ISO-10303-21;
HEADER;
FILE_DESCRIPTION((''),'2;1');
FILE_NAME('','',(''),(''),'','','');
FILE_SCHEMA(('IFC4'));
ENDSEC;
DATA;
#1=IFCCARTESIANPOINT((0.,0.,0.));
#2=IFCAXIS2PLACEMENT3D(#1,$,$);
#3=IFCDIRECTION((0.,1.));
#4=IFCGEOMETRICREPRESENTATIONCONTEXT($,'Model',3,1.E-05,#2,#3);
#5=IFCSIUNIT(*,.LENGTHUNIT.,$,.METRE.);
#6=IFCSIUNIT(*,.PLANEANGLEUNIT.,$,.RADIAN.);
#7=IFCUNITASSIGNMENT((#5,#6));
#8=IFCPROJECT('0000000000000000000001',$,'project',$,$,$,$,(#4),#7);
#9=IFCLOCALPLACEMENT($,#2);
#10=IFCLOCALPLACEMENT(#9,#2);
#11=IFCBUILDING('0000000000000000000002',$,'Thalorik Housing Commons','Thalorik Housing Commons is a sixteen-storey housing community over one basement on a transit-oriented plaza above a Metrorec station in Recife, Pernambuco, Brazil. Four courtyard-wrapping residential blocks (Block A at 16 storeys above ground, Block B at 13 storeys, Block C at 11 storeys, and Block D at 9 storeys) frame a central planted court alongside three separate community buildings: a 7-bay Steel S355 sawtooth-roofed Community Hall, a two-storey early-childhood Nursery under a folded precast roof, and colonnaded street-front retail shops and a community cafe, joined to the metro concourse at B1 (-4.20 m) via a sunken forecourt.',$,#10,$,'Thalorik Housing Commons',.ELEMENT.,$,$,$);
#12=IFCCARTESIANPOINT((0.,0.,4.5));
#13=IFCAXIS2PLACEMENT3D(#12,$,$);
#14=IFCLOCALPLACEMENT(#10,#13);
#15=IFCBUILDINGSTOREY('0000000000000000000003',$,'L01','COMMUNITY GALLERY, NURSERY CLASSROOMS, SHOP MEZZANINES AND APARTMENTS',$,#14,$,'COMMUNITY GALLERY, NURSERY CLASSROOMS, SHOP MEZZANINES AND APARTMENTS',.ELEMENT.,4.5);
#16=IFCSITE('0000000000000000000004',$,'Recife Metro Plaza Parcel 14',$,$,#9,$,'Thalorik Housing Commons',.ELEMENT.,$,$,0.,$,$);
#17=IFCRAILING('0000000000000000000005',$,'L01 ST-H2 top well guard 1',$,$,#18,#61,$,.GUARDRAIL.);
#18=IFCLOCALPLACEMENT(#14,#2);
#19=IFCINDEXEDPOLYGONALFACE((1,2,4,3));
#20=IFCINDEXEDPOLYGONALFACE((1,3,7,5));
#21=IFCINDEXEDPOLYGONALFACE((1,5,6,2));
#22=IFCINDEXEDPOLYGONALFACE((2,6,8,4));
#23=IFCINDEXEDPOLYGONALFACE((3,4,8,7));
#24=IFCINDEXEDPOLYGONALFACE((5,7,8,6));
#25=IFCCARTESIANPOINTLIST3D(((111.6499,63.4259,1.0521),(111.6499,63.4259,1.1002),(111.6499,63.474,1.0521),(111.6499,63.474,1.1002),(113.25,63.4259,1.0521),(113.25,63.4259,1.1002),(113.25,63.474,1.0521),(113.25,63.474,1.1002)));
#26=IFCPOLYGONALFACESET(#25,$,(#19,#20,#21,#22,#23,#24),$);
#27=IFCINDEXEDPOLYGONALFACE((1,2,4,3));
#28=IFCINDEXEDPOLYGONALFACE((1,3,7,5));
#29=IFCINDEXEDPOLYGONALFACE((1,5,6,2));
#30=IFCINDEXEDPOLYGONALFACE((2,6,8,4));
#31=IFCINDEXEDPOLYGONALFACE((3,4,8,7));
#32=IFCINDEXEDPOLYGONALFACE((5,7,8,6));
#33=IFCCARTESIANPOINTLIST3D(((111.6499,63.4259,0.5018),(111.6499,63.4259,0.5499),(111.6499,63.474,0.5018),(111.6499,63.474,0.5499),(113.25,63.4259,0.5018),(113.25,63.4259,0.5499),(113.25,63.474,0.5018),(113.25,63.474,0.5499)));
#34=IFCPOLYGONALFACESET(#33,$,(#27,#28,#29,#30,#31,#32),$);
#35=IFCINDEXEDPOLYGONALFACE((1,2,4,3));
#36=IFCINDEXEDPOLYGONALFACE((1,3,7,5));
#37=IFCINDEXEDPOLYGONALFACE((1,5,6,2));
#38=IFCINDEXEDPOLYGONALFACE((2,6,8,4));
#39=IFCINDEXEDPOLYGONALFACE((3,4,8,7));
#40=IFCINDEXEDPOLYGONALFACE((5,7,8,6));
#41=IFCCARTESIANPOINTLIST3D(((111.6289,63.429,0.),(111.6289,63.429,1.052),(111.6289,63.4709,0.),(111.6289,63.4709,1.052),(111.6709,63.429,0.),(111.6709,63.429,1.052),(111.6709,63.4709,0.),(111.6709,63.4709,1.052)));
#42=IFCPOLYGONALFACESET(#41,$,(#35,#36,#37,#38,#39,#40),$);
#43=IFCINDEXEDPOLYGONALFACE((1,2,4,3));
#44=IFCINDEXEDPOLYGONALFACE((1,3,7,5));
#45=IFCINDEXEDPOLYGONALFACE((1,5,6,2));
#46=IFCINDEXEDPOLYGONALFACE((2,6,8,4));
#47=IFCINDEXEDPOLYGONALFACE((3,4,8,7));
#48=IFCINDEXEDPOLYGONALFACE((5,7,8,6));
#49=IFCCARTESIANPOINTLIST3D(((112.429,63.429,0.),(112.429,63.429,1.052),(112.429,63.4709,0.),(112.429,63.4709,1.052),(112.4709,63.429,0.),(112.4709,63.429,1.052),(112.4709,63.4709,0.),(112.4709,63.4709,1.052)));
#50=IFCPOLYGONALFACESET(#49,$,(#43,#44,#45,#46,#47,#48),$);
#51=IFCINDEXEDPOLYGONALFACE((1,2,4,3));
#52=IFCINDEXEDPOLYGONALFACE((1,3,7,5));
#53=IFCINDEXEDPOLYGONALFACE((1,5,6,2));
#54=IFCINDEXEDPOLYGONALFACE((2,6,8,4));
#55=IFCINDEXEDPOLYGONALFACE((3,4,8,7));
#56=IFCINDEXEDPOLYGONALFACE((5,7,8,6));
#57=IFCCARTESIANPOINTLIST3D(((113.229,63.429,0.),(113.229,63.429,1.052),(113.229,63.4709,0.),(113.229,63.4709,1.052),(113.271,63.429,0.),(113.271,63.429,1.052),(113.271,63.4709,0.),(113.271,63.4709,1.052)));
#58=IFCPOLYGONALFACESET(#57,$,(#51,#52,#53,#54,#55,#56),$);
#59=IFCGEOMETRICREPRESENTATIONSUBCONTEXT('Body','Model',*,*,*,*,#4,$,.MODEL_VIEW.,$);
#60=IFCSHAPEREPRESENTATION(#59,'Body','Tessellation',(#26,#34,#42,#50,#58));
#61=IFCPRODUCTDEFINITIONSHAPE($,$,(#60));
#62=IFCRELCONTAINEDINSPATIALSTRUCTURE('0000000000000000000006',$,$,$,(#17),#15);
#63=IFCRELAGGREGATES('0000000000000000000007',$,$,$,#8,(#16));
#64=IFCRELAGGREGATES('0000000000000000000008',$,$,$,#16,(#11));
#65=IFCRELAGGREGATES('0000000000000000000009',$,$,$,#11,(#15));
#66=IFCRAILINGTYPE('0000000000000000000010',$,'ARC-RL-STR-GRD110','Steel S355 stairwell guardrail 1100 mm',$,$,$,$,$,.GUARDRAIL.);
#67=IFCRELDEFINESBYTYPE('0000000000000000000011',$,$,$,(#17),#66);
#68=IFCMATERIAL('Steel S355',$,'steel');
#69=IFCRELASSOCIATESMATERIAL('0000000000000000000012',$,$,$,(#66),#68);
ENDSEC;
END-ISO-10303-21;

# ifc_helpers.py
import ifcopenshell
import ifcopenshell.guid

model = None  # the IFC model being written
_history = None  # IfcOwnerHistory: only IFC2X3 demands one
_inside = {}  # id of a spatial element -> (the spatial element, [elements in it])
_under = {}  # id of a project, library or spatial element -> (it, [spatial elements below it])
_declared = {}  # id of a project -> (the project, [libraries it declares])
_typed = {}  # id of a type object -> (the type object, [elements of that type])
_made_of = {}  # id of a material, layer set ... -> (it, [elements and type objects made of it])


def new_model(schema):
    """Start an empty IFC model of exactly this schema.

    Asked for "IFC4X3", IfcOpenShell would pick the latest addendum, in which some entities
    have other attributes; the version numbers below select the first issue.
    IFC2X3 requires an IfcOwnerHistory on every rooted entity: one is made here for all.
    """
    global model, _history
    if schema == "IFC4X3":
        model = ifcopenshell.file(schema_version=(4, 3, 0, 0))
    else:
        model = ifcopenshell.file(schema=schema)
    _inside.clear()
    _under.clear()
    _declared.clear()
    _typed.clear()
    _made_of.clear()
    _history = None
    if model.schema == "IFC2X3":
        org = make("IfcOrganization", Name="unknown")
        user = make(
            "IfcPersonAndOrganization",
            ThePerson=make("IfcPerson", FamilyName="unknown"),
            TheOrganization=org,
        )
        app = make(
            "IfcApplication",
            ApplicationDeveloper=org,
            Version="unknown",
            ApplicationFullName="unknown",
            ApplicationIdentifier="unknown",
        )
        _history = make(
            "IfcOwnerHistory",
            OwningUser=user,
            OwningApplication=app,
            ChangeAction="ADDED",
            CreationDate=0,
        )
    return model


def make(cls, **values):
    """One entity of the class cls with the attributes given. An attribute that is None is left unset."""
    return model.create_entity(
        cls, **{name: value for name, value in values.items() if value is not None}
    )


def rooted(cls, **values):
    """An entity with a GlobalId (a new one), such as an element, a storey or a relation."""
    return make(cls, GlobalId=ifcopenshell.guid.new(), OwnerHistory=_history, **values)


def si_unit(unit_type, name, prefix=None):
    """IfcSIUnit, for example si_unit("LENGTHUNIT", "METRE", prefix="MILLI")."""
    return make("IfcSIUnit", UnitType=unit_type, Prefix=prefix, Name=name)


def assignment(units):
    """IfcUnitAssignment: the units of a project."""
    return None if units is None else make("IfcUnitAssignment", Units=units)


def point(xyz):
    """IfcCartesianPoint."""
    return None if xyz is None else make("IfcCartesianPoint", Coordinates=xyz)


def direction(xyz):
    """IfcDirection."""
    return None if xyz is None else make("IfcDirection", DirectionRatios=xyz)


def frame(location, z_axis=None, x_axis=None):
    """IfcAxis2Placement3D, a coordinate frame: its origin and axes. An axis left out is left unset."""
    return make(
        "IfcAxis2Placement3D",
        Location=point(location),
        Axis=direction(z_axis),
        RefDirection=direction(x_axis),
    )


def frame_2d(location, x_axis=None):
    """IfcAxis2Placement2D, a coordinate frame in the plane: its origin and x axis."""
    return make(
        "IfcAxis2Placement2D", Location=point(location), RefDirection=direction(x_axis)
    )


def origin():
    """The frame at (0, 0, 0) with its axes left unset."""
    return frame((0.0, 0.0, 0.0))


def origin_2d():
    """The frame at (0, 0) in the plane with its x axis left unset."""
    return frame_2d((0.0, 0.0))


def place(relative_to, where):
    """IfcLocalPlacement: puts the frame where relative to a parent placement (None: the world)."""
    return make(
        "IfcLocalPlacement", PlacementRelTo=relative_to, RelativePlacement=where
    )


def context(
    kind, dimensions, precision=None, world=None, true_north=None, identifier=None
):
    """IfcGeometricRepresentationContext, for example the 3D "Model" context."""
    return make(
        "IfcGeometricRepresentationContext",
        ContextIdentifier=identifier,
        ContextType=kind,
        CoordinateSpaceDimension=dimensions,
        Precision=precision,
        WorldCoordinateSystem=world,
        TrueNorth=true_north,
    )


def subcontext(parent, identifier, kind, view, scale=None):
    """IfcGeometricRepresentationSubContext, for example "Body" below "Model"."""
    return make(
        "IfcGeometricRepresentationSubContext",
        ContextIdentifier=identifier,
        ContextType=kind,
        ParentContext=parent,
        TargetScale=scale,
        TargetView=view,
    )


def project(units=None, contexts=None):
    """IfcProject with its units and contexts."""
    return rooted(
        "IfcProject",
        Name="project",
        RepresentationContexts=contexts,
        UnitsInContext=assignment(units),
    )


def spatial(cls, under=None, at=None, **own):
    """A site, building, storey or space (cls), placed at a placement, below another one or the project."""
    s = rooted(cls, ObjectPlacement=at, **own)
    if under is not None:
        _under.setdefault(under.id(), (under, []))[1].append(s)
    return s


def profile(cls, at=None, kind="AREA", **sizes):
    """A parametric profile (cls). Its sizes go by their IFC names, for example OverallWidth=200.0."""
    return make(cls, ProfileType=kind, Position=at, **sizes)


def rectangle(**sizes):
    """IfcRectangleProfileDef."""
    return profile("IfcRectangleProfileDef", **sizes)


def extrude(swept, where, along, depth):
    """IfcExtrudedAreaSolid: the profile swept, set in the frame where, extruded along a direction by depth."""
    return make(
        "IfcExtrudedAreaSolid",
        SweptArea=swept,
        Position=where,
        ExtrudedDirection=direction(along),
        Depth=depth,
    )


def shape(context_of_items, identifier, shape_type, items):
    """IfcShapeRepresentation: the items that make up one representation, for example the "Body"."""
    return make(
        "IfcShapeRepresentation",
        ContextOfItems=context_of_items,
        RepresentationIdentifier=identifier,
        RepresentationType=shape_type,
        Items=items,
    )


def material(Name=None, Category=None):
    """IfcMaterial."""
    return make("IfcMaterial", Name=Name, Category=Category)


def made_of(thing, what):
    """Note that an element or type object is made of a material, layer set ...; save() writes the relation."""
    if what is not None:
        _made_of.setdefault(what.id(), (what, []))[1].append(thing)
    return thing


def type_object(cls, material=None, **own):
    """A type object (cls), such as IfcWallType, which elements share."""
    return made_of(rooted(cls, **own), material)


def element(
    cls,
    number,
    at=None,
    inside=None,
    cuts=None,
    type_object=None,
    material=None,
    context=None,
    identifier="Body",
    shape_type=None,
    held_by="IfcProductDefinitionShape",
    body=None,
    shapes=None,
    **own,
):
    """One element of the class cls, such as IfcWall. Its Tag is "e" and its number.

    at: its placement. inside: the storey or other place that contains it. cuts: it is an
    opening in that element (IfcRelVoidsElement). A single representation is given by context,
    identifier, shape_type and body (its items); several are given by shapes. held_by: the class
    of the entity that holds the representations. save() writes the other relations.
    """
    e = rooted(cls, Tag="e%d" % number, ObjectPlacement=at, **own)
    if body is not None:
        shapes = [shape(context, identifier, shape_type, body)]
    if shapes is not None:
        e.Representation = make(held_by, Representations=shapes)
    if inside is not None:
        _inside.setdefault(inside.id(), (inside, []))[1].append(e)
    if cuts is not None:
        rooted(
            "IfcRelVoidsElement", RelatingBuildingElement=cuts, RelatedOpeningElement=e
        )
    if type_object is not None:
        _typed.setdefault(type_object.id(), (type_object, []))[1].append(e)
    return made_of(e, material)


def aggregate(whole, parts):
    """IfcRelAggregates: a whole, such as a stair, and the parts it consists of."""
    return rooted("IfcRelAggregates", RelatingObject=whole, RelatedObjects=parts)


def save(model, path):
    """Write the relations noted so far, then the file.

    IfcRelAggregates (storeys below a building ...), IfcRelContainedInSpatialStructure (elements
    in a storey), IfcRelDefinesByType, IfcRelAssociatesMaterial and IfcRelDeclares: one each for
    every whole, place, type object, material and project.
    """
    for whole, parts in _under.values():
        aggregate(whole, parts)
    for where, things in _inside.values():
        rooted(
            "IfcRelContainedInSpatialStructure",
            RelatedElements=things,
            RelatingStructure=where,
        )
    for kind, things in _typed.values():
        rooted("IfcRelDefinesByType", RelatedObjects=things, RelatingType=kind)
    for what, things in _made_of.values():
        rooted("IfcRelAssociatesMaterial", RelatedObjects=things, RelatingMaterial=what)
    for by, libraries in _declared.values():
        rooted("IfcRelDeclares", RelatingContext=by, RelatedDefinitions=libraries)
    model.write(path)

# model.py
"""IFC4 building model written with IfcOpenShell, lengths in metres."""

from ifc_helpers import new_model, si_unit, direction, frame, origin, origin_2d, place, context, subcontext, project, spatial, rectangle, extrude, material, type_object, element, save


model = new_model("IFC4")

# Units and contexts
model_context = context("Model", 3, precision=1e-05, world=origin(), true_north=direction((0.0, 1.0)))
body_context = subcontext(model_context, "Body", "Model", "MODEL_VIEW")
ifc_project = project(units=[si_unit("LENGTHUNIT", "METRE"), si_unit("PLANEANGLEUNIT", "RADIAN")], contexts=[model_context])

# Site, building, storey
site_placement = place(None, origin())
site = spatial("IfcSite", under=ifc_project, at=site_placement, Name="Recife Metro Plaza Parcel 14", LongName="Thalorik Housing Commons", CompositionType="ELEMENT", RefElevation=0.0)
building_placement = place(site_placement, origin())
building = spatial("IfcBuilding", under=site, at=building_placement, Name="Thalorik Housing Commons", Description="Thalorik Housing Commons is a sixteen-storey housing community over one basement on a transit-oriented plaza above a Metrorec station in Recife, Pernambuco, Brazil. Four courtyard-wrapping residential blocks (Block A at 16 storeys above ground, Block B at 13 storeys, Block C at 11 storeys, and Block D at 9 storeys) frame a central planted court alongside three separate community buildings: a 7-bay Steel S355 sawtooth-roofed Community Hall, a two-storey early-childhood Nursery under a folded precast roof, and colonnaded street-front retail shops and a community cafe, joined to the metro concourse at B1 (-4.20 m) via a sunken forecourt.", LongName="Thalorik Housing Commons", CompositionType="ELEMENT")
storey_placement = place(building_placement, frame((0.0, 0.0, 4.5)))
storey = spatial("IfcBuildingStorey", under=building, at=storey_placement, Name="L01", Description="COMMUNITY GALLERY, NURSERY CLASSROOMS, SHOP MEZZANINES AND APARTMENTS", LongName="COMMUNITY GALLERY, NURSERY CLASSROOMS, SHOP MEZZANINES AND APARTMENTS", CompositionType="ELEMENT", Elevation=4.5)

# Shared definitions
ifc_material_1 = material(Name="Steel S355", Category="steel")

# Railing
railing_type = type_object("IfcRailingType", Name="ARC-RL-STR-GRD110", Description="Steel S355 stairwell guardrail 1100 mm", PredefinedType="GUARDRAIL", material=ifc_material_1)
railing_placement = place(storey_placement, frame((111.6499, 63.45, 0.0)))
element("IfcRailing", 1, at=railing_placement, inside=storey, type_object=railing_type, Name="L01 ST-H2 top well guard 1", PredefinedType="GUARDRAIL", context=body_context, shape_type="SweptSolid", body=[
    extrude(rectangle(XDim=0.0481, YDim=0.0481, at=origin_2d()), frame((0.0, 0.0, 1.0762), z_axis=(1.0, 0.0, 0.0), x_axis=(0.0, 1.0, 0.0)), (0.0, 0.0, 1.0), 1.6001),
    extrude(rectangle(XDim=0.0481, YDim=0.0481, at=origin_2d()), frame((0.0, 0.0, 0.5259), z_axis=(1.0, 0.0, 0.0), x_axis=(0.0, 1.0, 0.0)), (0.0, 0.0, 1.0), 1.6001),
    extrude(rectangle(XDim=0.042, YDim=0.042, at=origin_2d()), origin(), (0.0, 0.0, 1.0), 1.052),
    extrude(rectangle(XDim=0.042, YDim=0.042, at=origin_2d()), frame((0.8, 0.0, 0.0)), (0.0, 0.0, 1.0), 1.052),
    extrude(rectangle(XDim=0.042, YDim=0.042, at=origin_2d()), frame((1.6001, 0.0, 0.0)), (0.0, 0.0, 1.0), 1.052),
])

save(model, "model.ifc")
